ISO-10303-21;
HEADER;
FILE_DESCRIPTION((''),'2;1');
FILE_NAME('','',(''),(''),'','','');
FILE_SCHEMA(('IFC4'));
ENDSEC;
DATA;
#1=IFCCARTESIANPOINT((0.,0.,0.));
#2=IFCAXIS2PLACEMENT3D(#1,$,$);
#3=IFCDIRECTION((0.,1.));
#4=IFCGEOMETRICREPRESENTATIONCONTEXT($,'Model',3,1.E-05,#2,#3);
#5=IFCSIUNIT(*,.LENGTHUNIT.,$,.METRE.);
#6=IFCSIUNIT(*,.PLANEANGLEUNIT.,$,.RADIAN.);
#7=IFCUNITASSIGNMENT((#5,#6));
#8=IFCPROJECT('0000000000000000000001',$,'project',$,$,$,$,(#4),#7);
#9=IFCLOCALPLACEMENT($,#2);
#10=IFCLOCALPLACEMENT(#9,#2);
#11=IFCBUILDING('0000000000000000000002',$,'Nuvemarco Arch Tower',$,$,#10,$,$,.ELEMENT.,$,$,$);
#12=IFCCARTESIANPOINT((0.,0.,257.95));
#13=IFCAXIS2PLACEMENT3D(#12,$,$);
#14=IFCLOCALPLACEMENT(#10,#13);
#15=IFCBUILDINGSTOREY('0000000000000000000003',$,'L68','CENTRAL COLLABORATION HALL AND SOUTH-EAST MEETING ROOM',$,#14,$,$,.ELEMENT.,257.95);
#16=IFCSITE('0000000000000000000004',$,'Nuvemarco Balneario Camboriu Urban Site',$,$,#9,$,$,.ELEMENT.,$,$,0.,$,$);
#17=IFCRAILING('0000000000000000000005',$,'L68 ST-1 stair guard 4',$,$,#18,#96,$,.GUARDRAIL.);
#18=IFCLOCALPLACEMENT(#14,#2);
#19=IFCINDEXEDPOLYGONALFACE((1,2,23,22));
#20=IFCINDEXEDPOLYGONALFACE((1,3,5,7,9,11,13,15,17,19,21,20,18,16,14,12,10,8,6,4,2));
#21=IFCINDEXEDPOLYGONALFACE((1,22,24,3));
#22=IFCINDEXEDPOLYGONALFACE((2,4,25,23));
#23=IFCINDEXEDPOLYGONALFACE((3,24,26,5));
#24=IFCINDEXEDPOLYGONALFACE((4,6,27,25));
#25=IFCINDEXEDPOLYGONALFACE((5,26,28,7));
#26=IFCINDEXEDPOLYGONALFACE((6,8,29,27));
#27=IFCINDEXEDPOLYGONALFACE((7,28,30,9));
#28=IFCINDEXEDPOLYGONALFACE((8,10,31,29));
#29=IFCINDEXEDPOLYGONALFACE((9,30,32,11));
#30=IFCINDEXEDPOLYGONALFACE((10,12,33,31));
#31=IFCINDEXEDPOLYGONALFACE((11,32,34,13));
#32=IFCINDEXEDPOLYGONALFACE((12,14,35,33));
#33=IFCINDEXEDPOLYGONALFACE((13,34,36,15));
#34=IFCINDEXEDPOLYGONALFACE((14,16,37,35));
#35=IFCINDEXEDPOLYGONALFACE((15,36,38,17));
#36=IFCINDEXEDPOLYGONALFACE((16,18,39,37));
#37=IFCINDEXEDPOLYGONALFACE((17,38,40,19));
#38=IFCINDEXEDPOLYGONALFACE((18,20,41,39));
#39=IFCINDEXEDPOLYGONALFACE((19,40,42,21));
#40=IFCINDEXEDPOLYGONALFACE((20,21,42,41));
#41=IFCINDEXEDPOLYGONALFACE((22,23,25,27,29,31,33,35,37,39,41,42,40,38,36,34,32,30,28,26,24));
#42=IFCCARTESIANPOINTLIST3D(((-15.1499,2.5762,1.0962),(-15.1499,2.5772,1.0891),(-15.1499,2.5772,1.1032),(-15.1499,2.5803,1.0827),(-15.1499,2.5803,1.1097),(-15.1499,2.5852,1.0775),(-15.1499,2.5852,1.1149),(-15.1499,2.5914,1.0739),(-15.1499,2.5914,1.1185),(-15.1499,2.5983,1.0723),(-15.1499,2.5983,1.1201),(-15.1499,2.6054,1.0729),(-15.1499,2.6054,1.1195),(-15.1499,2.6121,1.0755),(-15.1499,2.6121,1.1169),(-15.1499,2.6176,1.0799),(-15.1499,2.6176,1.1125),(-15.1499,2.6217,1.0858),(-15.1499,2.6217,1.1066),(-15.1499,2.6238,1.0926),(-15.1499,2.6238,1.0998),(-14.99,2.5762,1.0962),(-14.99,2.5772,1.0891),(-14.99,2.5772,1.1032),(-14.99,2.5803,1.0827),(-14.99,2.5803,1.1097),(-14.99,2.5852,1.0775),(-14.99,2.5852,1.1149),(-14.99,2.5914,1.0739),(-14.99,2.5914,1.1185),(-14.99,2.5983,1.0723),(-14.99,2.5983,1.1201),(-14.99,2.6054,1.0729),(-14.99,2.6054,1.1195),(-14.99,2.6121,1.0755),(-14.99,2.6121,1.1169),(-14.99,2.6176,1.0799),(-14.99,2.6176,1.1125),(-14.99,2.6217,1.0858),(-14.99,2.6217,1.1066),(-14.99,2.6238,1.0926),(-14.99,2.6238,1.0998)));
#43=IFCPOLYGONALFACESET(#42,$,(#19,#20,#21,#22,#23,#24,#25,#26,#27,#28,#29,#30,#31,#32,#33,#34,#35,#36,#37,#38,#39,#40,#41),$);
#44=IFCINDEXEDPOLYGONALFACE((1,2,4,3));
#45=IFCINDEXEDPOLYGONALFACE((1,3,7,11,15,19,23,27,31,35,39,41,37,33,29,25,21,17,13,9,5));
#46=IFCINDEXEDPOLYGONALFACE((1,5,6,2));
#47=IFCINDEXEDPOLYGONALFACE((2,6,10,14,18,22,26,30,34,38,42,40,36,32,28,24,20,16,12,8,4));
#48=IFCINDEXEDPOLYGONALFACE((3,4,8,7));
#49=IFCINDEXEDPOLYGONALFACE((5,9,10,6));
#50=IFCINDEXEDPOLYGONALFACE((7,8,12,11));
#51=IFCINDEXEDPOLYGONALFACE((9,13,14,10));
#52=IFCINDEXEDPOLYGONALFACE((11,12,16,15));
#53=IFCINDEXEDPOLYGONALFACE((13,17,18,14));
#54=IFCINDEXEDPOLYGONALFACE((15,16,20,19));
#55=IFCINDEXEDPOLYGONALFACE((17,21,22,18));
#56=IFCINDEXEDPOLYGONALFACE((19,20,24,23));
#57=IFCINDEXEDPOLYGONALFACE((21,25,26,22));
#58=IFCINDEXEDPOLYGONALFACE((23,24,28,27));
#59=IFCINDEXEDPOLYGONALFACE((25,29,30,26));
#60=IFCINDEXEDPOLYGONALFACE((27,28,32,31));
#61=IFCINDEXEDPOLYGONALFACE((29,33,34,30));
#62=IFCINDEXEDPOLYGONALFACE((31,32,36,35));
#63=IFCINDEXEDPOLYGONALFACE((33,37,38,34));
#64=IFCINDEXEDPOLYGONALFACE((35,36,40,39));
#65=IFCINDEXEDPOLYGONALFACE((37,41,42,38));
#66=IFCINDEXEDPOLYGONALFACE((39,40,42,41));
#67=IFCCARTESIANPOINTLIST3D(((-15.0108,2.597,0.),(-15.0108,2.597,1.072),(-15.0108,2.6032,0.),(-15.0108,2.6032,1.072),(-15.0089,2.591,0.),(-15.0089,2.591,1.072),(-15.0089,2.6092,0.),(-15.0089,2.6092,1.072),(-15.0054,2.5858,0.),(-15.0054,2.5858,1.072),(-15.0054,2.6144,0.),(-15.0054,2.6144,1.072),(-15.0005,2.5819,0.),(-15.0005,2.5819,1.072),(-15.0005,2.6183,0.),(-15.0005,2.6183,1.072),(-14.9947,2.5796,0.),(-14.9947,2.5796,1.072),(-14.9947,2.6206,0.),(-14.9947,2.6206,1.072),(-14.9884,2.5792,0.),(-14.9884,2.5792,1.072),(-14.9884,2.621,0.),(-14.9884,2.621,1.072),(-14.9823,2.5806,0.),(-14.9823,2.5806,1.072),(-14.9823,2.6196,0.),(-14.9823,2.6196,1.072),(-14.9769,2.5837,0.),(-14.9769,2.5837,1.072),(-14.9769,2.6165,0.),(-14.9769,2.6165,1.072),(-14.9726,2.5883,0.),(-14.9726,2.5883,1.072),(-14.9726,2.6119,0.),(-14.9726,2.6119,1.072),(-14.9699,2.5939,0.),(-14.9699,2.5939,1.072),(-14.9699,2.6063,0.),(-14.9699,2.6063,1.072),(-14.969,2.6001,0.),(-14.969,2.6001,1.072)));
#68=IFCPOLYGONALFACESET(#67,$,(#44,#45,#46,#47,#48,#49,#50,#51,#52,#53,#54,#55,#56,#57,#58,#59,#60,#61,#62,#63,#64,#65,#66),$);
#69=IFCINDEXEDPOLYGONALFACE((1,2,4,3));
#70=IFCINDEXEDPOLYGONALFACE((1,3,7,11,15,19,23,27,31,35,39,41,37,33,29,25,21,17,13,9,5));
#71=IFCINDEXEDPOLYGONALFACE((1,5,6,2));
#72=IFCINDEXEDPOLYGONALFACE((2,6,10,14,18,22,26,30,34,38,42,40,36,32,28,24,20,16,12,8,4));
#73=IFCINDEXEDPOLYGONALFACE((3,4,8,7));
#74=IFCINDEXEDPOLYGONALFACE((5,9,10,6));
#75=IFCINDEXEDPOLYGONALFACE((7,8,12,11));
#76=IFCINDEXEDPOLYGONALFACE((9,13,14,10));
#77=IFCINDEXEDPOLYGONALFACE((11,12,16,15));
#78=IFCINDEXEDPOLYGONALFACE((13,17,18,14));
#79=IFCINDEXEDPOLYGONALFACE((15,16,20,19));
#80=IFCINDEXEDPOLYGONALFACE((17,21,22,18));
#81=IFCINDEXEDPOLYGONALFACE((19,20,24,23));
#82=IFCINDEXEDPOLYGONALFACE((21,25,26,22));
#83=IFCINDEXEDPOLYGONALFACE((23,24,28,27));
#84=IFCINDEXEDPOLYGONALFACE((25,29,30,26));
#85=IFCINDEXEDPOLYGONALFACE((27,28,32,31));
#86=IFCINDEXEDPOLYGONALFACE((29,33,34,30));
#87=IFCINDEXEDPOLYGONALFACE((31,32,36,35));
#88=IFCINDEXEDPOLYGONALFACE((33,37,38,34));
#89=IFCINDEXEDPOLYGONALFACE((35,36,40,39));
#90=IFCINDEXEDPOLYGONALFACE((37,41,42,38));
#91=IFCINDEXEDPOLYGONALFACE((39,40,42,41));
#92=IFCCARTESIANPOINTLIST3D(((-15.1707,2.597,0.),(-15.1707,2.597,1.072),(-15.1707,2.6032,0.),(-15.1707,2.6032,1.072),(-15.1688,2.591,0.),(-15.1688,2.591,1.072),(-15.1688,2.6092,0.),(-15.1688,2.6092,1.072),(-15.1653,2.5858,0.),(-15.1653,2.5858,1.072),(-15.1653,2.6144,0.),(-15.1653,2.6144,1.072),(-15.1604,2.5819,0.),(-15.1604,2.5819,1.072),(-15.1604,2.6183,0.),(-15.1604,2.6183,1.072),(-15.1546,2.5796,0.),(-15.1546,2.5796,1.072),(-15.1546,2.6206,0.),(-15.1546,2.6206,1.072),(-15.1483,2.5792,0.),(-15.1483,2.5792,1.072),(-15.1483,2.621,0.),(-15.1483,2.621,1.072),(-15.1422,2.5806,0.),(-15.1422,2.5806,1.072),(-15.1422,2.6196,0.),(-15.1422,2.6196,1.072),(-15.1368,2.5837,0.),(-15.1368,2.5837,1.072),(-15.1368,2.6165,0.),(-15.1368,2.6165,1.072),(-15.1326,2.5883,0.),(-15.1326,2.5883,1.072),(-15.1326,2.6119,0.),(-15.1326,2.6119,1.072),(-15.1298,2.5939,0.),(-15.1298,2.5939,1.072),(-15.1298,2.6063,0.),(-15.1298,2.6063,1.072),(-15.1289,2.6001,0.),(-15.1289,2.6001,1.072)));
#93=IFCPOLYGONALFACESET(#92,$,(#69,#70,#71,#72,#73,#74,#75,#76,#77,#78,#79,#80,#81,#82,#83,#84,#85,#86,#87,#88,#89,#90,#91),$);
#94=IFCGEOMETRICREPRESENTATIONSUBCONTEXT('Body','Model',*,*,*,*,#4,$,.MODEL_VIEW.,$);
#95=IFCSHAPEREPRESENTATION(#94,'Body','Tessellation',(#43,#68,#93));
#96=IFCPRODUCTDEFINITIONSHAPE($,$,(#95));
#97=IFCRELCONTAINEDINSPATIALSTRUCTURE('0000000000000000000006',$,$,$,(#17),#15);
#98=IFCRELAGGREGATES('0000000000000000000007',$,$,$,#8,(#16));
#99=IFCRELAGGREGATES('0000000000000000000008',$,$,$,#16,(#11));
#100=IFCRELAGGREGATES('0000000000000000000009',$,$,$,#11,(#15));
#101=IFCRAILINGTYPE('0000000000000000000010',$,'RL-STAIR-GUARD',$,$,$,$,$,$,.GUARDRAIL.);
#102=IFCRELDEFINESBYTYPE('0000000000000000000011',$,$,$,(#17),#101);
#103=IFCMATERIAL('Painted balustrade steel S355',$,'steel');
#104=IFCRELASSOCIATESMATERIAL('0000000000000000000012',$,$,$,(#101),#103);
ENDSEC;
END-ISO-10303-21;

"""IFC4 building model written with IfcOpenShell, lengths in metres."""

from ifc_helpers import new_model, si_unit, direction, frame, origin, origin_2d, place, context, subcontext, project, spatial, circle, extrude, material, type_object, element, save


model = new_model("IFC4")

# Units and contexts
model_context = context("Model", 3, precision=1e-05, world=origin(), true_north=direction((0.0, 1.0)))
body_context = subcontext(model_context, "Body", "Model", "MODEL_VIEW")
ifc_project = project(units=[si_unit("LENGTHUNIT", "METRE"), si_unit("PLANEANGLEUNIT", "RADIAN")], contexts=[model_context])

# Site, building, storey
site_placement = place(None, origin())
site = spatial("IfcSite", under=ifc_project, at=site_placement, Name="Nuvemarco Balneario Camboriu Urban Site", CompositionType="ELEMENT", RefElevation=0.0)
building_placement = place(site_placement, origin())
building = spatial("IfcBuilding", under=site, at=building_placement, Name="Nuvemarco Arch Tower", CompositionType="ELEMENT")
storey_placement = place(building_placement, frame((0.0, 0.0, 257.95)))
storey = spatial("IfcBuildingStorey", under=building, at=storey_placement, Name="L68", Description="CENTRAL COLLABORATION HALL AND SOUTH-EAST MEETING ROOM", CompositionType="ELEMENT", Elevation=257.95)

# Railing
ifc_material_1 = material(Name="Painted balustrade steel S355", Category="steel")
railing_type_1 = type_object("IfcRailingType", Name="RL-STAIR-GUARD", PredefinedType="GUARDRAIL", material=ifc_material_1)
railing_1_placement = place(storey_placement, frame((-14.99, 2.6001, 0.0)))
element("IfcRailing", 1, at=railing_1_placement, inside=storey, type_object=railing_type_1, Name="L68 ST-1 stair guard 4", PredefinedType="GUARDRAIL", context=body_context, shape_type="SweptSolid", body=[
    extrude(circle(Radius=0.0239, at=origin_2d()), frame((0.0, 0.0, 1.0962), z_axis=(-1.0, 0.0, 0.0), x_axis=(0.0, -1.0, 0.0)), (0.0, 0.0, 1.0), 0.1599),
    extrude(circle(Radius=0.021, at=origin_2d()), origin(), (0.0, 0.0, 1.0), 1.072),
    extrude(circle(Radius=0.021, at=origin_2d()), frame((-0.1599, 0.0, 0.0)), (0.0, 0.0, 1.0), 1.072),
])

save(model, "model.ifc")
